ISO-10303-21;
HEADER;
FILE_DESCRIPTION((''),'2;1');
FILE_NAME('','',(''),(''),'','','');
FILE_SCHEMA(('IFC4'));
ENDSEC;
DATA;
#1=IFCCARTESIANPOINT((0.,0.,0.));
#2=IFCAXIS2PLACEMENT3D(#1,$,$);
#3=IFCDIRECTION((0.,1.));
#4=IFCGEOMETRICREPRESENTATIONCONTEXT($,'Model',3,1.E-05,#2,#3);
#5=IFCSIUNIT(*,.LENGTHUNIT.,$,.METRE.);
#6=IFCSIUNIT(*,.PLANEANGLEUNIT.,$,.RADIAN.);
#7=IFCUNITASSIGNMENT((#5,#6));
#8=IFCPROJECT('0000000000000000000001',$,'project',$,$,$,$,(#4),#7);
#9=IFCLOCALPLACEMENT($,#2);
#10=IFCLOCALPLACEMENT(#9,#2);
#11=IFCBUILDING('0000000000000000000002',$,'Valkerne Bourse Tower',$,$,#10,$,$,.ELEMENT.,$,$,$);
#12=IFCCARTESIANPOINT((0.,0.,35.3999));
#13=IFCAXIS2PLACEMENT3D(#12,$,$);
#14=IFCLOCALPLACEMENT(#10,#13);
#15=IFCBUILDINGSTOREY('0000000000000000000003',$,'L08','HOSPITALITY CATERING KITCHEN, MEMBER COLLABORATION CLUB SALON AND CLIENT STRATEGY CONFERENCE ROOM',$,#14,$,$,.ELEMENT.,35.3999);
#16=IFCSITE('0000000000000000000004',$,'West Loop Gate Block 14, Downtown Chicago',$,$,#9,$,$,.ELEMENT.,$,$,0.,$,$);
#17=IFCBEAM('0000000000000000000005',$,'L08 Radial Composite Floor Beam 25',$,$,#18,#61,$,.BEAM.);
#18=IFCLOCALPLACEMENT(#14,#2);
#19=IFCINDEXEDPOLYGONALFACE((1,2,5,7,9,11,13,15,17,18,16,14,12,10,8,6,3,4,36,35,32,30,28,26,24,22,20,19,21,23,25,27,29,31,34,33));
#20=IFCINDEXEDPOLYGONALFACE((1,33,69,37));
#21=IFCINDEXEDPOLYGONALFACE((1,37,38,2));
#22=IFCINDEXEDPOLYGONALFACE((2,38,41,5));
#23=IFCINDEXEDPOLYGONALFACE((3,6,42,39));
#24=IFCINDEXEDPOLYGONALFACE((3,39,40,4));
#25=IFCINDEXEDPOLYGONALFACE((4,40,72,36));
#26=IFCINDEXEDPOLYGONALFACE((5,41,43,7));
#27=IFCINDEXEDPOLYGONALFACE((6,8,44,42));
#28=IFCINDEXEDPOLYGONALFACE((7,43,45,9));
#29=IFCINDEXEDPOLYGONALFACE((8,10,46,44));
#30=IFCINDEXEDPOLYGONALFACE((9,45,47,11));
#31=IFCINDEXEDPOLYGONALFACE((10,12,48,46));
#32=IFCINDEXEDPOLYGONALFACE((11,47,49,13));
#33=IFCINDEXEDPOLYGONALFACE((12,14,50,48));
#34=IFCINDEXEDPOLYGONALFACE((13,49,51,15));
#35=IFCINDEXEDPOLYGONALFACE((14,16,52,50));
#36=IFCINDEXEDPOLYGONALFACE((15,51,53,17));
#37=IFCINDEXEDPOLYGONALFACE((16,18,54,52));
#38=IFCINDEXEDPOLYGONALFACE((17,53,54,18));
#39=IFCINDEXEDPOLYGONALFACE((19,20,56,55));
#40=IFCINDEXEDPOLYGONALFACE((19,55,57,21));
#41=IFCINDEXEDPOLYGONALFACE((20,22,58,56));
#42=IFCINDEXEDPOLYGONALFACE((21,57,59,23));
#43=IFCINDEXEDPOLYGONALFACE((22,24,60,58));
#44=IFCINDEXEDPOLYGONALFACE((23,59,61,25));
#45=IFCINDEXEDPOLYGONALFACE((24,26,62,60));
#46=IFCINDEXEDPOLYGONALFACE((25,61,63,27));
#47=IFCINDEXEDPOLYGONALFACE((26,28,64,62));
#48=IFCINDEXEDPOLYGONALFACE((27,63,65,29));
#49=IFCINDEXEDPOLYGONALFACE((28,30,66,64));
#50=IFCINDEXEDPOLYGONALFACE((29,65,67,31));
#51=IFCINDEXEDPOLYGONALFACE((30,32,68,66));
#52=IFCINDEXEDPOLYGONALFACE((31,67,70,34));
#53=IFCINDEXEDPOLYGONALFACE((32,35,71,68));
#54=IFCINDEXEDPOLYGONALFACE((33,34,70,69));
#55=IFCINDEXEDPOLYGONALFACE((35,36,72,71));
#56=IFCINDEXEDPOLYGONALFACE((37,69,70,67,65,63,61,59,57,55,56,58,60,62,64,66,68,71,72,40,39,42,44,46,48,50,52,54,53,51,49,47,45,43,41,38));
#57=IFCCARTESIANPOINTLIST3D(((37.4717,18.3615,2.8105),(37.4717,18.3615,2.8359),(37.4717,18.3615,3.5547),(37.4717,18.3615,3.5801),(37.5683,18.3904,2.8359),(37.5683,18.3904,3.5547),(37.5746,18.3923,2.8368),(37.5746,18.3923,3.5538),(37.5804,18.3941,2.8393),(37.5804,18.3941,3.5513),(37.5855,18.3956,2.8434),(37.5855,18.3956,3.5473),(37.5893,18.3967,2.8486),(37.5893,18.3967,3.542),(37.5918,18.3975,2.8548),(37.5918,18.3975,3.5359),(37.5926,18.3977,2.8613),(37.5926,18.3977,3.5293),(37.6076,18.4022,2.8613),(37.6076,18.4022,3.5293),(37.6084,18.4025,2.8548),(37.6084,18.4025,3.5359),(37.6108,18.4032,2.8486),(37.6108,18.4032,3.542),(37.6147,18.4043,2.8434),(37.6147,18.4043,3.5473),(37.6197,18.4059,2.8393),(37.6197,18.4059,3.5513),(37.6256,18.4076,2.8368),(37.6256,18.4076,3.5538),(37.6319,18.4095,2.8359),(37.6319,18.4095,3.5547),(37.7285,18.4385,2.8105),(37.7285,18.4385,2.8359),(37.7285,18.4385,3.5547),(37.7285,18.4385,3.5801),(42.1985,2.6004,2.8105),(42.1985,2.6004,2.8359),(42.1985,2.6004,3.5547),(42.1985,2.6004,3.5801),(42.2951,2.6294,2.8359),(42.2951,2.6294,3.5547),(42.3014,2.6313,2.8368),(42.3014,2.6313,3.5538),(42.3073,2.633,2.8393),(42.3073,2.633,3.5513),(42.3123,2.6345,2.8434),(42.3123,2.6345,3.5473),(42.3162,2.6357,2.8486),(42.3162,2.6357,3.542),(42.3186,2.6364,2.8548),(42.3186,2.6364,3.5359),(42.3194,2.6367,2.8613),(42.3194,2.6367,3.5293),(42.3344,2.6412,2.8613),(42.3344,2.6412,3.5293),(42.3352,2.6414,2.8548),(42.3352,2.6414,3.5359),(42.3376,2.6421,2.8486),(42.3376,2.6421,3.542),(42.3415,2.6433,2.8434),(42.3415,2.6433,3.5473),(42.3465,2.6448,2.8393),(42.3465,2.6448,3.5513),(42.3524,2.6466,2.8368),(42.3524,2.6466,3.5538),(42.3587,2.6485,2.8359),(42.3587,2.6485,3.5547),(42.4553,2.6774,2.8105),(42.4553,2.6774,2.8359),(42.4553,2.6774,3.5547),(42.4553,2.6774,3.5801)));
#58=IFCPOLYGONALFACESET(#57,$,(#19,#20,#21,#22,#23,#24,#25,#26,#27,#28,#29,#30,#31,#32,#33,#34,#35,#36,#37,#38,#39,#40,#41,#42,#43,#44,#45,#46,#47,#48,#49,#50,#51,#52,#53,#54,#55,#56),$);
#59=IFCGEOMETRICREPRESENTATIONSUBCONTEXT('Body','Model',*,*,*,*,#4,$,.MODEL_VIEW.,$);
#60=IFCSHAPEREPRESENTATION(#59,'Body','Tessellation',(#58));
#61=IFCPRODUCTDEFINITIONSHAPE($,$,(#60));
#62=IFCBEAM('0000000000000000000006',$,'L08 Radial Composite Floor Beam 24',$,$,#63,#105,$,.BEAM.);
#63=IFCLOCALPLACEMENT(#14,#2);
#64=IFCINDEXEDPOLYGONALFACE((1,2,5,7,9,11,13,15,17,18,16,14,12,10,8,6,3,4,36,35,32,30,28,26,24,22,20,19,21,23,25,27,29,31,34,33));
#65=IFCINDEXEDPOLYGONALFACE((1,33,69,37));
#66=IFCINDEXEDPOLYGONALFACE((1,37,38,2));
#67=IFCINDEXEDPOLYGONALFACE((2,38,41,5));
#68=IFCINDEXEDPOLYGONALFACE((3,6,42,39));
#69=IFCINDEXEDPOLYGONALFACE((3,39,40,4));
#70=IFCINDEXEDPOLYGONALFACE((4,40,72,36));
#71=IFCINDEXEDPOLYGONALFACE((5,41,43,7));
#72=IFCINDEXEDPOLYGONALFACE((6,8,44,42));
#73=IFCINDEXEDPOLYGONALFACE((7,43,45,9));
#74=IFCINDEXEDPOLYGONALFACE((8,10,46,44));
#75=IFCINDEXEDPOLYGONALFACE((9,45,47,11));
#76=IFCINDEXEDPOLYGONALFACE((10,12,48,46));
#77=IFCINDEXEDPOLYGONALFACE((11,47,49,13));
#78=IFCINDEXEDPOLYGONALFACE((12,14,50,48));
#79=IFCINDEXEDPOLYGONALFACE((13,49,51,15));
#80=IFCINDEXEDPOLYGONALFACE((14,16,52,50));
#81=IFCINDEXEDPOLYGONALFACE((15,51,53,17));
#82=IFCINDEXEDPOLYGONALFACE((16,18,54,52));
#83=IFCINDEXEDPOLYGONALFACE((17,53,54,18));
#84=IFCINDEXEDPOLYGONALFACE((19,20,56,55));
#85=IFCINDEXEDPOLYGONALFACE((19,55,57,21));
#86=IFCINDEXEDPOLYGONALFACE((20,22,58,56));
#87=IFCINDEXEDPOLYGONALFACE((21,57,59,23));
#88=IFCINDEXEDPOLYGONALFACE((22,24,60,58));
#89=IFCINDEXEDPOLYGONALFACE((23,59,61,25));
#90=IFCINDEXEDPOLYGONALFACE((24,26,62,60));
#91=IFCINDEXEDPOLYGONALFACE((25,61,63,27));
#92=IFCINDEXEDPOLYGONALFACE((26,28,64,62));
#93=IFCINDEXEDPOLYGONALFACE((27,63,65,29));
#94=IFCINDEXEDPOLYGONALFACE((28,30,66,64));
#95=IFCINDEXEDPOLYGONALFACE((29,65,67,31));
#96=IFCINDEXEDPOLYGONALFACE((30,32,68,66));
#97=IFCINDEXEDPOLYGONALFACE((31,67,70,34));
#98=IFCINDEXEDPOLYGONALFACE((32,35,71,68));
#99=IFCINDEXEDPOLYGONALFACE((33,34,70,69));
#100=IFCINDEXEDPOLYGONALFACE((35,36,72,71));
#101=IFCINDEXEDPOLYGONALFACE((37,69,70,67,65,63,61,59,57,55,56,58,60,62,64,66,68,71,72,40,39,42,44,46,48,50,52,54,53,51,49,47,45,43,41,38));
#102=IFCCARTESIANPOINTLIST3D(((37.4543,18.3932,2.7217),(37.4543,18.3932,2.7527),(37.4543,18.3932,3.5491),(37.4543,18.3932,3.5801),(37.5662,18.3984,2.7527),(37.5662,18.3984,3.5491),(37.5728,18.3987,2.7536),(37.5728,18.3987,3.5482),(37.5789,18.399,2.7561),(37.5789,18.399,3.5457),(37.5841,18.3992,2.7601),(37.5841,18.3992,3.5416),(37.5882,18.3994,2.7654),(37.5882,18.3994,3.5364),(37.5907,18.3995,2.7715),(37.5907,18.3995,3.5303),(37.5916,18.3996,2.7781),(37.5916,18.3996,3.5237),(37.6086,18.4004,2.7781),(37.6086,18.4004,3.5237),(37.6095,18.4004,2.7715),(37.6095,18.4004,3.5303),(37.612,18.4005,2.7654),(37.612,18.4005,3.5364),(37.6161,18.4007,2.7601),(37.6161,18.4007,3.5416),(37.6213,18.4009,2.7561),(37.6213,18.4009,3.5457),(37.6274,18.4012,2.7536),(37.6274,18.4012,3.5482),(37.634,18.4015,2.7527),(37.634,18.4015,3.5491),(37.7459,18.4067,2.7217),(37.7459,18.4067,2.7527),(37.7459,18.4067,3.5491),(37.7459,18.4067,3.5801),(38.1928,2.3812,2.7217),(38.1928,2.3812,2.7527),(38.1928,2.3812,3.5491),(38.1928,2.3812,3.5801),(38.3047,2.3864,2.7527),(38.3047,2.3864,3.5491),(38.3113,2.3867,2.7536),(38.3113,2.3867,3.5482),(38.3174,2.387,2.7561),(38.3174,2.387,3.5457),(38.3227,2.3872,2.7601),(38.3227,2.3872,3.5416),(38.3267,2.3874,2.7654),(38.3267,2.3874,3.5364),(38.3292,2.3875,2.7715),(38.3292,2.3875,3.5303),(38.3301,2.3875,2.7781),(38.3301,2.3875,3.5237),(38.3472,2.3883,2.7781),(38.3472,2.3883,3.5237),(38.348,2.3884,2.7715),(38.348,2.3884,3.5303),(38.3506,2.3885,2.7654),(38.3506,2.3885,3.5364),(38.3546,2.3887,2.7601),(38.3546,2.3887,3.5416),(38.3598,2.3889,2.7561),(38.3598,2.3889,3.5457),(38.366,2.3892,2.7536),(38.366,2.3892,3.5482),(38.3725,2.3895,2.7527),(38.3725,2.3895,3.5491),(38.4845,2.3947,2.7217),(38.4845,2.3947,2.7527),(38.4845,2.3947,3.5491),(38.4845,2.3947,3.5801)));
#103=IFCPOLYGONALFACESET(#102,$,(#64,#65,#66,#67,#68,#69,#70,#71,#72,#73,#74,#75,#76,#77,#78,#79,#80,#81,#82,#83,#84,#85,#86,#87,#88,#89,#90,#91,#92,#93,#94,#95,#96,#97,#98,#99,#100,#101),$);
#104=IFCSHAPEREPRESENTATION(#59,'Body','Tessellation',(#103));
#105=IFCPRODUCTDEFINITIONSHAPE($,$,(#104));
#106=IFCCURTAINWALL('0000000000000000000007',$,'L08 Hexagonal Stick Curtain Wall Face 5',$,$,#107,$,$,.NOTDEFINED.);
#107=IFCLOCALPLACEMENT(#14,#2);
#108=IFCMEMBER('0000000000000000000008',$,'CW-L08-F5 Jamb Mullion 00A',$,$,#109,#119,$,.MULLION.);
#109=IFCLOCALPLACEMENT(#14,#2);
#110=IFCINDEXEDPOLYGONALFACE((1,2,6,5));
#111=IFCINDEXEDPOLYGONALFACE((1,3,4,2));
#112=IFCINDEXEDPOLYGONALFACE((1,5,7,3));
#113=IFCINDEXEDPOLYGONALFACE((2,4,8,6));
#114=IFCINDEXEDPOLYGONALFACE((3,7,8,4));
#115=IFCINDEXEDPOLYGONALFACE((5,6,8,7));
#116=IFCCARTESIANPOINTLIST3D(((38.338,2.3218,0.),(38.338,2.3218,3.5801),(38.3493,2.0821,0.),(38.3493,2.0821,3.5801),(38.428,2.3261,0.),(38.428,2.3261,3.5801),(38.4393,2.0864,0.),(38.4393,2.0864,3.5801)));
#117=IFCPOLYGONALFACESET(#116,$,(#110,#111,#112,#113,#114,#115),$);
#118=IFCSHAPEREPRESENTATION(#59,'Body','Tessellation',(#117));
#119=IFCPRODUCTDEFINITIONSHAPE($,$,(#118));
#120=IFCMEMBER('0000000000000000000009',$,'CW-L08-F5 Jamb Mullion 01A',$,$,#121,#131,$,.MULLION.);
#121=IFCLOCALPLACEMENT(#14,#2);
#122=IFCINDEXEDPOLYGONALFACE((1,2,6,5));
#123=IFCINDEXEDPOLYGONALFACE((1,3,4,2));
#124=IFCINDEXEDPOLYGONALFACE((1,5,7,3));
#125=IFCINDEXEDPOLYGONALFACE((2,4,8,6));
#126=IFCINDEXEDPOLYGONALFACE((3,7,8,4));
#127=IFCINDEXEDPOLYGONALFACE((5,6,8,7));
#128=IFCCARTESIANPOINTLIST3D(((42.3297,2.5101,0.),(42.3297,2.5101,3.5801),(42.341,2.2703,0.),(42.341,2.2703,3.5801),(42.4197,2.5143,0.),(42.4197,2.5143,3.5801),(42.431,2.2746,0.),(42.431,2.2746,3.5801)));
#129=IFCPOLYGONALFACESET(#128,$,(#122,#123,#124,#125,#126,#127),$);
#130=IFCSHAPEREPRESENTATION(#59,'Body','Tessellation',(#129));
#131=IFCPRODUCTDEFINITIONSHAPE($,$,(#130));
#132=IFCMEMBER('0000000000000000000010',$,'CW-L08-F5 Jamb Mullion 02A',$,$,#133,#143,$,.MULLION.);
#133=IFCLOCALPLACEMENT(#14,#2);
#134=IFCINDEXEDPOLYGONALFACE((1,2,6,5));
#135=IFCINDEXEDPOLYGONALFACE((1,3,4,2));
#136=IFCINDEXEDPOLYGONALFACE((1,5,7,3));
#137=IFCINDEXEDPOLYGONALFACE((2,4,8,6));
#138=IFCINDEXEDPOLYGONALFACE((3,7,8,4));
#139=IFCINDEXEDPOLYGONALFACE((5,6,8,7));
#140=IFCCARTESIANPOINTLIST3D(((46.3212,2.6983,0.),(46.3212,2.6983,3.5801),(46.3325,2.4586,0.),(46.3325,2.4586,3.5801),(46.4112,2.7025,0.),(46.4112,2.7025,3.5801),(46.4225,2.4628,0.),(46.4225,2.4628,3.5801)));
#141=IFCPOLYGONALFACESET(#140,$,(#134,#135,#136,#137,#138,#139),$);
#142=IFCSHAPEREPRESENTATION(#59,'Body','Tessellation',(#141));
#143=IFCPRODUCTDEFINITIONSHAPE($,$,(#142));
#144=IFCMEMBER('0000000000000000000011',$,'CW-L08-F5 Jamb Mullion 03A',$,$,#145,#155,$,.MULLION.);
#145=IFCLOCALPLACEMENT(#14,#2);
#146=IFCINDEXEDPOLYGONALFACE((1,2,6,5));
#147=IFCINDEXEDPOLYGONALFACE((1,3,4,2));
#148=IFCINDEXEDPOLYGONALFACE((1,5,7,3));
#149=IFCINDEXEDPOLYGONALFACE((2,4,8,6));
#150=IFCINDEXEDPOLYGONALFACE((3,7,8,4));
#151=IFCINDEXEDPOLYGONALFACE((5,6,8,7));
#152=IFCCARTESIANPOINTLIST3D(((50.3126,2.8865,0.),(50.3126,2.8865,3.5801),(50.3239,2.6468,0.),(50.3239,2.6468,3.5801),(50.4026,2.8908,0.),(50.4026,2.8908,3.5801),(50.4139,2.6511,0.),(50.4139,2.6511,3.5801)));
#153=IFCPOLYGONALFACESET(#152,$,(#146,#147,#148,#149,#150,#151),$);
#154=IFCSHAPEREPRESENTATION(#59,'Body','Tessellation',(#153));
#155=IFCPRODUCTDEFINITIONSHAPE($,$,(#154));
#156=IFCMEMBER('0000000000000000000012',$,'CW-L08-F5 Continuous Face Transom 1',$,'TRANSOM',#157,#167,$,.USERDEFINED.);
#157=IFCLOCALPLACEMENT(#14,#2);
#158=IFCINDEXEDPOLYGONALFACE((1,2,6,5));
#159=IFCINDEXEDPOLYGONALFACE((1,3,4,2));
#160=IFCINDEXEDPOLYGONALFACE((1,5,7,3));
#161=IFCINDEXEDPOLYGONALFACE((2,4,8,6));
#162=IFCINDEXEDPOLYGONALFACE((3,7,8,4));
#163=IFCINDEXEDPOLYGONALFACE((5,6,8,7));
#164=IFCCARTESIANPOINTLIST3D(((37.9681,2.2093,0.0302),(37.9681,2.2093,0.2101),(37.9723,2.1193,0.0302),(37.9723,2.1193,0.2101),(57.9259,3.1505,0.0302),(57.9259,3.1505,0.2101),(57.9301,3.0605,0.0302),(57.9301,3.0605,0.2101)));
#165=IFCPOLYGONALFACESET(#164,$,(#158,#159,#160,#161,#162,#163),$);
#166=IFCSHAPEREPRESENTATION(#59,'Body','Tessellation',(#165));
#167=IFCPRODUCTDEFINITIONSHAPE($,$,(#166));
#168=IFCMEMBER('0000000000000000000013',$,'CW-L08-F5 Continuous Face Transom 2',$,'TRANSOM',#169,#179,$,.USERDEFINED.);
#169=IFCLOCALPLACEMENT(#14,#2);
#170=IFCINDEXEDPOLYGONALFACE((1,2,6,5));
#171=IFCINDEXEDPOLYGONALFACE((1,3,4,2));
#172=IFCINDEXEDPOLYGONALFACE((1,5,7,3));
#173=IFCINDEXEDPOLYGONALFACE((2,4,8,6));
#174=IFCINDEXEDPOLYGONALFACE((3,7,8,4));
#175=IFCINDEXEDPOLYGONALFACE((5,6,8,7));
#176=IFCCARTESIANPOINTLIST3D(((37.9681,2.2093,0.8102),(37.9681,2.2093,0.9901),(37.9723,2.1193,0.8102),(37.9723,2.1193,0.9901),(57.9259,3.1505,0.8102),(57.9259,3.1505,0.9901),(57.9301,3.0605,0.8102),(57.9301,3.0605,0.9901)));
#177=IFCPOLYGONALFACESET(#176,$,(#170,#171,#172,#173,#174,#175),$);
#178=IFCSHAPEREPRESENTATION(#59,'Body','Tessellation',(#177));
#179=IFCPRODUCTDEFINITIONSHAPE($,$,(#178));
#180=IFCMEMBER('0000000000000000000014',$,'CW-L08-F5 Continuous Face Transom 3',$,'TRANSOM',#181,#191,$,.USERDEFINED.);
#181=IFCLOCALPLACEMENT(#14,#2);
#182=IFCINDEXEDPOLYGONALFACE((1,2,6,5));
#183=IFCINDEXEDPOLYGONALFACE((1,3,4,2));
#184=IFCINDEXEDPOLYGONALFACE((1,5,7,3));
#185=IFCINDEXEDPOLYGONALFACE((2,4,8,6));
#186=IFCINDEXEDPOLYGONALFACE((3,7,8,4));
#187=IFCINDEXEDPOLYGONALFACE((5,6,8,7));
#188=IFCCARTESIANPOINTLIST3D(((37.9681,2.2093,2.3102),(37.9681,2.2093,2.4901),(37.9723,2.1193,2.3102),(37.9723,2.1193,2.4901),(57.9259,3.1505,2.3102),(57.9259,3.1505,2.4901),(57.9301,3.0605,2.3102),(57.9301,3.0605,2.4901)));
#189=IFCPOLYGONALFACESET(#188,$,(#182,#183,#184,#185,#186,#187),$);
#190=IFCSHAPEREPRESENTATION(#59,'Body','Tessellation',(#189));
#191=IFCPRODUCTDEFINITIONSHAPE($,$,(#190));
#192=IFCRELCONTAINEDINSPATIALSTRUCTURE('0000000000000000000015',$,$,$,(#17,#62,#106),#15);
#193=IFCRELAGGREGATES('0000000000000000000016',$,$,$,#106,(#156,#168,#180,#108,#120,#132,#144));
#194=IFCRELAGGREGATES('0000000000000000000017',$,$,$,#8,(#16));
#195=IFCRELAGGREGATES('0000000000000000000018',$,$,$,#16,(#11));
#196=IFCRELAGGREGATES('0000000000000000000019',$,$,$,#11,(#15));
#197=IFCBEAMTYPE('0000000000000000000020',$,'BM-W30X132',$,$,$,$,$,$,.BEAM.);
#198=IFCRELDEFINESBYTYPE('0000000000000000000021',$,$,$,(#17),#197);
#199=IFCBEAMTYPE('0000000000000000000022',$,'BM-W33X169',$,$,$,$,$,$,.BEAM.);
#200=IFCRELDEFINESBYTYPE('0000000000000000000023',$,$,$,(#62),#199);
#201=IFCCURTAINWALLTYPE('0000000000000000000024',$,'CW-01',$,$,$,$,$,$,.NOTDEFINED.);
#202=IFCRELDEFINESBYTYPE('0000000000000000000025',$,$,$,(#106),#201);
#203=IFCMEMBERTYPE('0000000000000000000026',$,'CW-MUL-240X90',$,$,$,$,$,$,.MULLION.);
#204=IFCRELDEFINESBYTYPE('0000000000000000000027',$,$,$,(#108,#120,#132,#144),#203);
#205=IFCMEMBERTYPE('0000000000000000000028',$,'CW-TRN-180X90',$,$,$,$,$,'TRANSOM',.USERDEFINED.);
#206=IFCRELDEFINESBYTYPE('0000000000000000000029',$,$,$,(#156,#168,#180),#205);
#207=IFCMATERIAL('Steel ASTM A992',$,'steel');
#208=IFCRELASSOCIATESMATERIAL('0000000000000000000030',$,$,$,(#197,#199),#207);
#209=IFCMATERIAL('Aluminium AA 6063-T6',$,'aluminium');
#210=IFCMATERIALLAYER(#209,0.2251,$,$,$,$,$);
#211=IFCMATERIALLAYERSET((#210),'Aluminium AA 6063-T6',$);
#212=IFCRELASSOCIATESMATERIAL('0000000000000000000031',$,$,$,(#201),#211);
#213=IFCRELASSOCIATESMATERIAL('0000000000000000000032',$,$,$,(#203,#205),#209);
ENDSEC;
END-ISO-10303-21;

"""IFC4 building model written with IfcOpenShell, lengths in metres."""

from ifc_helpers import new_model, si_unit, direction, frame, origin, origin_2d, place, context, subcontext, project, spatial, rectangle, i_section, extrude, material, layer, layer_set, material_profile, profile_set, type_object, element, aggregate, save


model = new_model("IFC4")

# Units and contexts
model_context = context("Model", 3, precision=1e-05, world=origin(), true_north=direction((0.0, 1.0)))
body_context = subcontext(model_context, "Body", "Model", "MODEL_VIEW")
ifc_project = project(units=[si_unit("LENGTHUNIT", "METRE"), si_unit("PLANEANGLEUNIT", "RADIAN")], contexts=[model_context])

# Site, building, storey
site_placement = place(None, origin())
site = spatial("IfcSite", under=ifc_project, at=site_placement, Name="West Loop Gate Block 14, Downtown Chicago", CompositionType="ELEMENT", RefElevation=0.0)
building_placement = place(site_placement, origin())
building = spatial("IfcBuilding", under=site, at=building_placement, Name="Valkerne Bourse Tower", CompositionType="ELEMENT")
storey_placement = place(building_placement, frame((0.0, 0.0, 35.3999)))
storey = spatial("IfcBuildingStorey", under=building, at=storey_placement, Name="L08", Description="HOSPITALITY CATERING KITCHEN, MEMBER COLLABORATION CLUB SALON AND CLIENT STRATEGY CONFERENCE ROOM", CompositionType="ELEMENT", Elevation=35.3999)

# Beams
ifc_material_1 = material(Name="Steel ASTM A992", Category="steel")
ifc_material_profile_1 = material_profile(ifc_material_1, i_section(OverallWidth=0.2681, OverallDepth=0.7695, WebThickness=0.0156, FlangeThickness=0.0254, FilletRadius=0.0254, at=origin_2d()), Name="W30X132")
ifc_profile_set_1 = profile_set([ifc_material_profile_1], Name="Steel ASTM A992")
beam_type_1 = type_object("IfcBeamType", Name="BM-W30X132", PredefinedType="BEAM", material=ifc_profile_set_1)
beam_1_placement = place(storey_placement, frame((42.3269, 2.6389, 3.1953), z_axis=(-0.287265, 0.957851, 0.0), x_axis=(-0.957851, -0.287265, 0.0)))
element("IfcBeam", 1, at=beam_1_placement, inside=storey, type_object=beam_type_1, Name="L08 Radial Composite Floor Beam 25", PredefinedType="BEAM", context=body_context, shape_type="SweptSolid", body=[
    extrude(i_section(OverallWidth=0.2681, OverallDepth=0.7695, WebThickness=0.0156, FlangeThickness=0.0254, FilletRadius=0.0254, at=origin_2d()), origin(), (0.0, 0.0, 1.0), 16.4546),
])
ifc_material_profile_2 = material_profile(ifc_material_1, i_section(OverallWidth=0.292, OverallDepth=0.8584, WebThickness=0.0171, FlangeThickness=0.031, FilletRadius=0.0254, at=origin_2d()), Name="W33X169")
ifc_profile_set_2 = profile_set([ifc_material_profile_2], Name="Steel ASTM A992")
beam_type_2 = type_object("IfcBeamType", Name="BM-W33X169", PredefinedType="BEAM", material=ifc_profile_set_2)
beam_2_placement = place(storey_placement, frame((38.3386, 2.3879, 3.1509), z_axis=(-0.046074, 0.998938, 0.0), x_axis=(-0.998938, -0.046074, 0.0)))
element("IfcBeam", 2, at=beam_2_placement, inside=storey, type_object=beam_type_2, Name="L08 Radial Composite Floor Beam 24", PredefinedType="BEAM", context=body_context, shape_type="SweptSolid", body=[
    extrude(i_section(OverallWidth=0.292, OverallDepth=0.8584, WebThickness=0.0171, FlangeThickness=0.031, FilletRadius=0.0254, at=origin_2d()), origin(), (0.0, 0.0, 1.0), 16.0291),
])

# Curtain wall, members
ifc_material_2 = material(Name="Aluminium AA 6063-T6", Category="aluminium")
ifc_layer_1 = layer(ifc_material_2, 0.2251)
ifc_layer_set_1 = layer_set([ifc_layer_1], Name="Aluminium AA 6063-T6")
curtain_wall_type = type_object("IfcCurtainWallType", Name="CW-01", PredefinedType="NOTDEFINED", material=ifc_layer_set_1)
curtain_wall_placement = place(storey_placement, origin())
curtain_wall = element("IfcCurtainWall", 3, at=curtain_wall_placement, inside=storey, type_object=curtain_wall_type, Name="L08 Hexagonal Stick Curtain Wall Face 5", PredefinedType="NOTDEFINED")
ifc_material_profile_3 = material_profile(ifc_material_2, rectangle(XDim=0.0901, YDim=0.24, at=origin_2d()), Name="CWM-90X240")
ifc_profile_set_3 = profile_set([ifc_material_profile_3], Name="Aluminium AA 6063-T6")
member_type_1 = type_object("IfcMemberType", Name="CW-MUL-240X90", PredefinedType="MULLION", material=ifc_profile_set_3)
member_1_placement = place(storey_placement, frame((38.3887, 2.2041, 0.0), z_axis=(0.0, 0.0, 1.0), x_axis=(0.99889, 0.047098, 0.0)))
member_1 = element("IfcMember", 4, at=member_1_placement, type_object=member_type_1, Name="CW-L08-F5 Jamb Mullion 00A", PredefinedType="MULLION", context=body_context, shape_type="SweptSolid", body=[
    extrude(rectangle(XDim=0.0901, YDim=0.24, at=origin_2d()), origin(), (0.0, 0.0, 1.0), 3.5801),
])
member_2_placement = place(storey_placement, frame((42.3804, 2.3923, 0.0), z_axis=(0.0, 0.0, 1.0), x_axis=(0.998889, 0.047122, 0.0)))
member_2 = element("IfcMember", 5, at=member_2_placement, type_object=member_type_1, Name="CW-L08-F5 Jamb Mullion 01A", PredefinedType="MULLION", context=body_context, shape_type="SweptSolid", body=[
    extrude(rectangle(XDim=0.0901, YDim=0.24, at=origin_2d()), origin(), (0.0, 0.0, 1.0), 3.5801),
])
member_3_placement = place(storey_placement, frame((46.3718, 2.5806, 0.0), z_axis=(0.0, 0.0, 1.0), x_axis=(0.99889, 0.047097, 0.0)))
member_3 = element("IfcMember", 6, at=member_3_placement, type_object=member_type_1, Name="CW-L08-F5 Jamb Mullion 02A", PredefinedType="MULLION", context=body_context, shape_type="SweptSolid", body=[
    extrude(rectangle(XDim=0.0901, YDim=0.24, at=origin_2d()), origin(), (0.0, 0.0, 1.0), 3.5801),
])
member_4_placement = place(storey_placement, frame((50.3633, 2.7688, 0.0), z_axis=(0.0, 0.0, 1.0), x_axis=(0.99889, 0.047098, 0.0)))
member_4 = element("IfcMember", 7, at=member_4_placement, type_object=member_type_1, Name="CW-L08-F5 Jamb Mullion 03A", PredefinedType="MULLION", context=body_context, shape_type="SweptSolid", body=[
    extrude(rectangle(XDim=0.0901, YDim=0.24, at=origin_2d()), origin(), (0.0, 0.0, 1.0), 3.5801),
])
ifc_material_profile_4 = material_profile(ifc_material_2, rectangle(XDim=0.0901, YDim=0.1799, at=origin_2d()), Name="CWT-90X180")
ifc_profile_set_4 = profile_set([ifc_material_profile_4], Name="Aluminium AA 6063-T6")
member_type_2 = type_object("IfcMemberType", Name="CW-TRN-180X90", ElementType="TRANSOM", PredefinedType="USERDEFINED", material=ifc_profile_set_4)
member_5_placement = place(storey_placement, frame((37.9702, 2.1643, 0.1201), z_axis=(0.99889, 0.047105, 0.0), x_axis=(-0.047105, 0.99889, 0.0)))
member_5 = element("IfcMember", 8, at=member_5_placement, type_object=member_type_2, Name="CW-L08-F5 Continuous Face Transom 1", ObjectType="TRANSOM", PredefinedType="USERDEFINED", context=body_context, shape_type="SweptSolid", body=[
    extrude(rectangle(XDim=0.0901, YDim=0.1799, at=origin_2d()), origin(), (0.0, 0.0, 1.0), 19.98),
])
member_6_placement = place(storey_placement, frame((37.9702, 2.1643, 0.9001), z_axis=(0.99889, 0.047105, 0.0), x_axis=(-0.047105, 0.99889, 0.0)))
member_6 = element("IfcMember", 9, at=member_6_placement, type_object=member_type_2, Name="CW-L08-F5 Continuous Face Transom 2", ObjectType="TRANSOM", PredefinedType="USERDEFINED", context=body_context, shape_type="SweptSolid", body=[
    extrude(rectangle(XDim=0.0901, YDim=0.1799, at=origin_2d()), origin(), (0.0, 0.0, 1.0), 19.98),
])
member_7_placement = place(storey_placement, frame((37.9702, 2.1643, 2.4001), z_axis=(0.99889, 0.047105, 0.0), x_axis=(-0.047105, 0.99889, 0.0)))
member_7 = element("IfcMember", 10, at=member_7_placement, type_object=member_type_2, Name="CW-L08-F5 Continuous Face Transom 3", ObjectType="TRANSOM", PredefinedType="USERDEFINED", context=body_context, shape_type="SweptSolid", body=[
    extrude(rectangle(XDim=0.0901, YDim=0.1799, at=origin_2d()), origin(), (0.0, 0.0, 1.0), 19.98),
])

aggregate(curtain_wall, [member_5, member_6, member_7, member_1, member_2, member_3, member_4])

save(model, "model.ifc")
